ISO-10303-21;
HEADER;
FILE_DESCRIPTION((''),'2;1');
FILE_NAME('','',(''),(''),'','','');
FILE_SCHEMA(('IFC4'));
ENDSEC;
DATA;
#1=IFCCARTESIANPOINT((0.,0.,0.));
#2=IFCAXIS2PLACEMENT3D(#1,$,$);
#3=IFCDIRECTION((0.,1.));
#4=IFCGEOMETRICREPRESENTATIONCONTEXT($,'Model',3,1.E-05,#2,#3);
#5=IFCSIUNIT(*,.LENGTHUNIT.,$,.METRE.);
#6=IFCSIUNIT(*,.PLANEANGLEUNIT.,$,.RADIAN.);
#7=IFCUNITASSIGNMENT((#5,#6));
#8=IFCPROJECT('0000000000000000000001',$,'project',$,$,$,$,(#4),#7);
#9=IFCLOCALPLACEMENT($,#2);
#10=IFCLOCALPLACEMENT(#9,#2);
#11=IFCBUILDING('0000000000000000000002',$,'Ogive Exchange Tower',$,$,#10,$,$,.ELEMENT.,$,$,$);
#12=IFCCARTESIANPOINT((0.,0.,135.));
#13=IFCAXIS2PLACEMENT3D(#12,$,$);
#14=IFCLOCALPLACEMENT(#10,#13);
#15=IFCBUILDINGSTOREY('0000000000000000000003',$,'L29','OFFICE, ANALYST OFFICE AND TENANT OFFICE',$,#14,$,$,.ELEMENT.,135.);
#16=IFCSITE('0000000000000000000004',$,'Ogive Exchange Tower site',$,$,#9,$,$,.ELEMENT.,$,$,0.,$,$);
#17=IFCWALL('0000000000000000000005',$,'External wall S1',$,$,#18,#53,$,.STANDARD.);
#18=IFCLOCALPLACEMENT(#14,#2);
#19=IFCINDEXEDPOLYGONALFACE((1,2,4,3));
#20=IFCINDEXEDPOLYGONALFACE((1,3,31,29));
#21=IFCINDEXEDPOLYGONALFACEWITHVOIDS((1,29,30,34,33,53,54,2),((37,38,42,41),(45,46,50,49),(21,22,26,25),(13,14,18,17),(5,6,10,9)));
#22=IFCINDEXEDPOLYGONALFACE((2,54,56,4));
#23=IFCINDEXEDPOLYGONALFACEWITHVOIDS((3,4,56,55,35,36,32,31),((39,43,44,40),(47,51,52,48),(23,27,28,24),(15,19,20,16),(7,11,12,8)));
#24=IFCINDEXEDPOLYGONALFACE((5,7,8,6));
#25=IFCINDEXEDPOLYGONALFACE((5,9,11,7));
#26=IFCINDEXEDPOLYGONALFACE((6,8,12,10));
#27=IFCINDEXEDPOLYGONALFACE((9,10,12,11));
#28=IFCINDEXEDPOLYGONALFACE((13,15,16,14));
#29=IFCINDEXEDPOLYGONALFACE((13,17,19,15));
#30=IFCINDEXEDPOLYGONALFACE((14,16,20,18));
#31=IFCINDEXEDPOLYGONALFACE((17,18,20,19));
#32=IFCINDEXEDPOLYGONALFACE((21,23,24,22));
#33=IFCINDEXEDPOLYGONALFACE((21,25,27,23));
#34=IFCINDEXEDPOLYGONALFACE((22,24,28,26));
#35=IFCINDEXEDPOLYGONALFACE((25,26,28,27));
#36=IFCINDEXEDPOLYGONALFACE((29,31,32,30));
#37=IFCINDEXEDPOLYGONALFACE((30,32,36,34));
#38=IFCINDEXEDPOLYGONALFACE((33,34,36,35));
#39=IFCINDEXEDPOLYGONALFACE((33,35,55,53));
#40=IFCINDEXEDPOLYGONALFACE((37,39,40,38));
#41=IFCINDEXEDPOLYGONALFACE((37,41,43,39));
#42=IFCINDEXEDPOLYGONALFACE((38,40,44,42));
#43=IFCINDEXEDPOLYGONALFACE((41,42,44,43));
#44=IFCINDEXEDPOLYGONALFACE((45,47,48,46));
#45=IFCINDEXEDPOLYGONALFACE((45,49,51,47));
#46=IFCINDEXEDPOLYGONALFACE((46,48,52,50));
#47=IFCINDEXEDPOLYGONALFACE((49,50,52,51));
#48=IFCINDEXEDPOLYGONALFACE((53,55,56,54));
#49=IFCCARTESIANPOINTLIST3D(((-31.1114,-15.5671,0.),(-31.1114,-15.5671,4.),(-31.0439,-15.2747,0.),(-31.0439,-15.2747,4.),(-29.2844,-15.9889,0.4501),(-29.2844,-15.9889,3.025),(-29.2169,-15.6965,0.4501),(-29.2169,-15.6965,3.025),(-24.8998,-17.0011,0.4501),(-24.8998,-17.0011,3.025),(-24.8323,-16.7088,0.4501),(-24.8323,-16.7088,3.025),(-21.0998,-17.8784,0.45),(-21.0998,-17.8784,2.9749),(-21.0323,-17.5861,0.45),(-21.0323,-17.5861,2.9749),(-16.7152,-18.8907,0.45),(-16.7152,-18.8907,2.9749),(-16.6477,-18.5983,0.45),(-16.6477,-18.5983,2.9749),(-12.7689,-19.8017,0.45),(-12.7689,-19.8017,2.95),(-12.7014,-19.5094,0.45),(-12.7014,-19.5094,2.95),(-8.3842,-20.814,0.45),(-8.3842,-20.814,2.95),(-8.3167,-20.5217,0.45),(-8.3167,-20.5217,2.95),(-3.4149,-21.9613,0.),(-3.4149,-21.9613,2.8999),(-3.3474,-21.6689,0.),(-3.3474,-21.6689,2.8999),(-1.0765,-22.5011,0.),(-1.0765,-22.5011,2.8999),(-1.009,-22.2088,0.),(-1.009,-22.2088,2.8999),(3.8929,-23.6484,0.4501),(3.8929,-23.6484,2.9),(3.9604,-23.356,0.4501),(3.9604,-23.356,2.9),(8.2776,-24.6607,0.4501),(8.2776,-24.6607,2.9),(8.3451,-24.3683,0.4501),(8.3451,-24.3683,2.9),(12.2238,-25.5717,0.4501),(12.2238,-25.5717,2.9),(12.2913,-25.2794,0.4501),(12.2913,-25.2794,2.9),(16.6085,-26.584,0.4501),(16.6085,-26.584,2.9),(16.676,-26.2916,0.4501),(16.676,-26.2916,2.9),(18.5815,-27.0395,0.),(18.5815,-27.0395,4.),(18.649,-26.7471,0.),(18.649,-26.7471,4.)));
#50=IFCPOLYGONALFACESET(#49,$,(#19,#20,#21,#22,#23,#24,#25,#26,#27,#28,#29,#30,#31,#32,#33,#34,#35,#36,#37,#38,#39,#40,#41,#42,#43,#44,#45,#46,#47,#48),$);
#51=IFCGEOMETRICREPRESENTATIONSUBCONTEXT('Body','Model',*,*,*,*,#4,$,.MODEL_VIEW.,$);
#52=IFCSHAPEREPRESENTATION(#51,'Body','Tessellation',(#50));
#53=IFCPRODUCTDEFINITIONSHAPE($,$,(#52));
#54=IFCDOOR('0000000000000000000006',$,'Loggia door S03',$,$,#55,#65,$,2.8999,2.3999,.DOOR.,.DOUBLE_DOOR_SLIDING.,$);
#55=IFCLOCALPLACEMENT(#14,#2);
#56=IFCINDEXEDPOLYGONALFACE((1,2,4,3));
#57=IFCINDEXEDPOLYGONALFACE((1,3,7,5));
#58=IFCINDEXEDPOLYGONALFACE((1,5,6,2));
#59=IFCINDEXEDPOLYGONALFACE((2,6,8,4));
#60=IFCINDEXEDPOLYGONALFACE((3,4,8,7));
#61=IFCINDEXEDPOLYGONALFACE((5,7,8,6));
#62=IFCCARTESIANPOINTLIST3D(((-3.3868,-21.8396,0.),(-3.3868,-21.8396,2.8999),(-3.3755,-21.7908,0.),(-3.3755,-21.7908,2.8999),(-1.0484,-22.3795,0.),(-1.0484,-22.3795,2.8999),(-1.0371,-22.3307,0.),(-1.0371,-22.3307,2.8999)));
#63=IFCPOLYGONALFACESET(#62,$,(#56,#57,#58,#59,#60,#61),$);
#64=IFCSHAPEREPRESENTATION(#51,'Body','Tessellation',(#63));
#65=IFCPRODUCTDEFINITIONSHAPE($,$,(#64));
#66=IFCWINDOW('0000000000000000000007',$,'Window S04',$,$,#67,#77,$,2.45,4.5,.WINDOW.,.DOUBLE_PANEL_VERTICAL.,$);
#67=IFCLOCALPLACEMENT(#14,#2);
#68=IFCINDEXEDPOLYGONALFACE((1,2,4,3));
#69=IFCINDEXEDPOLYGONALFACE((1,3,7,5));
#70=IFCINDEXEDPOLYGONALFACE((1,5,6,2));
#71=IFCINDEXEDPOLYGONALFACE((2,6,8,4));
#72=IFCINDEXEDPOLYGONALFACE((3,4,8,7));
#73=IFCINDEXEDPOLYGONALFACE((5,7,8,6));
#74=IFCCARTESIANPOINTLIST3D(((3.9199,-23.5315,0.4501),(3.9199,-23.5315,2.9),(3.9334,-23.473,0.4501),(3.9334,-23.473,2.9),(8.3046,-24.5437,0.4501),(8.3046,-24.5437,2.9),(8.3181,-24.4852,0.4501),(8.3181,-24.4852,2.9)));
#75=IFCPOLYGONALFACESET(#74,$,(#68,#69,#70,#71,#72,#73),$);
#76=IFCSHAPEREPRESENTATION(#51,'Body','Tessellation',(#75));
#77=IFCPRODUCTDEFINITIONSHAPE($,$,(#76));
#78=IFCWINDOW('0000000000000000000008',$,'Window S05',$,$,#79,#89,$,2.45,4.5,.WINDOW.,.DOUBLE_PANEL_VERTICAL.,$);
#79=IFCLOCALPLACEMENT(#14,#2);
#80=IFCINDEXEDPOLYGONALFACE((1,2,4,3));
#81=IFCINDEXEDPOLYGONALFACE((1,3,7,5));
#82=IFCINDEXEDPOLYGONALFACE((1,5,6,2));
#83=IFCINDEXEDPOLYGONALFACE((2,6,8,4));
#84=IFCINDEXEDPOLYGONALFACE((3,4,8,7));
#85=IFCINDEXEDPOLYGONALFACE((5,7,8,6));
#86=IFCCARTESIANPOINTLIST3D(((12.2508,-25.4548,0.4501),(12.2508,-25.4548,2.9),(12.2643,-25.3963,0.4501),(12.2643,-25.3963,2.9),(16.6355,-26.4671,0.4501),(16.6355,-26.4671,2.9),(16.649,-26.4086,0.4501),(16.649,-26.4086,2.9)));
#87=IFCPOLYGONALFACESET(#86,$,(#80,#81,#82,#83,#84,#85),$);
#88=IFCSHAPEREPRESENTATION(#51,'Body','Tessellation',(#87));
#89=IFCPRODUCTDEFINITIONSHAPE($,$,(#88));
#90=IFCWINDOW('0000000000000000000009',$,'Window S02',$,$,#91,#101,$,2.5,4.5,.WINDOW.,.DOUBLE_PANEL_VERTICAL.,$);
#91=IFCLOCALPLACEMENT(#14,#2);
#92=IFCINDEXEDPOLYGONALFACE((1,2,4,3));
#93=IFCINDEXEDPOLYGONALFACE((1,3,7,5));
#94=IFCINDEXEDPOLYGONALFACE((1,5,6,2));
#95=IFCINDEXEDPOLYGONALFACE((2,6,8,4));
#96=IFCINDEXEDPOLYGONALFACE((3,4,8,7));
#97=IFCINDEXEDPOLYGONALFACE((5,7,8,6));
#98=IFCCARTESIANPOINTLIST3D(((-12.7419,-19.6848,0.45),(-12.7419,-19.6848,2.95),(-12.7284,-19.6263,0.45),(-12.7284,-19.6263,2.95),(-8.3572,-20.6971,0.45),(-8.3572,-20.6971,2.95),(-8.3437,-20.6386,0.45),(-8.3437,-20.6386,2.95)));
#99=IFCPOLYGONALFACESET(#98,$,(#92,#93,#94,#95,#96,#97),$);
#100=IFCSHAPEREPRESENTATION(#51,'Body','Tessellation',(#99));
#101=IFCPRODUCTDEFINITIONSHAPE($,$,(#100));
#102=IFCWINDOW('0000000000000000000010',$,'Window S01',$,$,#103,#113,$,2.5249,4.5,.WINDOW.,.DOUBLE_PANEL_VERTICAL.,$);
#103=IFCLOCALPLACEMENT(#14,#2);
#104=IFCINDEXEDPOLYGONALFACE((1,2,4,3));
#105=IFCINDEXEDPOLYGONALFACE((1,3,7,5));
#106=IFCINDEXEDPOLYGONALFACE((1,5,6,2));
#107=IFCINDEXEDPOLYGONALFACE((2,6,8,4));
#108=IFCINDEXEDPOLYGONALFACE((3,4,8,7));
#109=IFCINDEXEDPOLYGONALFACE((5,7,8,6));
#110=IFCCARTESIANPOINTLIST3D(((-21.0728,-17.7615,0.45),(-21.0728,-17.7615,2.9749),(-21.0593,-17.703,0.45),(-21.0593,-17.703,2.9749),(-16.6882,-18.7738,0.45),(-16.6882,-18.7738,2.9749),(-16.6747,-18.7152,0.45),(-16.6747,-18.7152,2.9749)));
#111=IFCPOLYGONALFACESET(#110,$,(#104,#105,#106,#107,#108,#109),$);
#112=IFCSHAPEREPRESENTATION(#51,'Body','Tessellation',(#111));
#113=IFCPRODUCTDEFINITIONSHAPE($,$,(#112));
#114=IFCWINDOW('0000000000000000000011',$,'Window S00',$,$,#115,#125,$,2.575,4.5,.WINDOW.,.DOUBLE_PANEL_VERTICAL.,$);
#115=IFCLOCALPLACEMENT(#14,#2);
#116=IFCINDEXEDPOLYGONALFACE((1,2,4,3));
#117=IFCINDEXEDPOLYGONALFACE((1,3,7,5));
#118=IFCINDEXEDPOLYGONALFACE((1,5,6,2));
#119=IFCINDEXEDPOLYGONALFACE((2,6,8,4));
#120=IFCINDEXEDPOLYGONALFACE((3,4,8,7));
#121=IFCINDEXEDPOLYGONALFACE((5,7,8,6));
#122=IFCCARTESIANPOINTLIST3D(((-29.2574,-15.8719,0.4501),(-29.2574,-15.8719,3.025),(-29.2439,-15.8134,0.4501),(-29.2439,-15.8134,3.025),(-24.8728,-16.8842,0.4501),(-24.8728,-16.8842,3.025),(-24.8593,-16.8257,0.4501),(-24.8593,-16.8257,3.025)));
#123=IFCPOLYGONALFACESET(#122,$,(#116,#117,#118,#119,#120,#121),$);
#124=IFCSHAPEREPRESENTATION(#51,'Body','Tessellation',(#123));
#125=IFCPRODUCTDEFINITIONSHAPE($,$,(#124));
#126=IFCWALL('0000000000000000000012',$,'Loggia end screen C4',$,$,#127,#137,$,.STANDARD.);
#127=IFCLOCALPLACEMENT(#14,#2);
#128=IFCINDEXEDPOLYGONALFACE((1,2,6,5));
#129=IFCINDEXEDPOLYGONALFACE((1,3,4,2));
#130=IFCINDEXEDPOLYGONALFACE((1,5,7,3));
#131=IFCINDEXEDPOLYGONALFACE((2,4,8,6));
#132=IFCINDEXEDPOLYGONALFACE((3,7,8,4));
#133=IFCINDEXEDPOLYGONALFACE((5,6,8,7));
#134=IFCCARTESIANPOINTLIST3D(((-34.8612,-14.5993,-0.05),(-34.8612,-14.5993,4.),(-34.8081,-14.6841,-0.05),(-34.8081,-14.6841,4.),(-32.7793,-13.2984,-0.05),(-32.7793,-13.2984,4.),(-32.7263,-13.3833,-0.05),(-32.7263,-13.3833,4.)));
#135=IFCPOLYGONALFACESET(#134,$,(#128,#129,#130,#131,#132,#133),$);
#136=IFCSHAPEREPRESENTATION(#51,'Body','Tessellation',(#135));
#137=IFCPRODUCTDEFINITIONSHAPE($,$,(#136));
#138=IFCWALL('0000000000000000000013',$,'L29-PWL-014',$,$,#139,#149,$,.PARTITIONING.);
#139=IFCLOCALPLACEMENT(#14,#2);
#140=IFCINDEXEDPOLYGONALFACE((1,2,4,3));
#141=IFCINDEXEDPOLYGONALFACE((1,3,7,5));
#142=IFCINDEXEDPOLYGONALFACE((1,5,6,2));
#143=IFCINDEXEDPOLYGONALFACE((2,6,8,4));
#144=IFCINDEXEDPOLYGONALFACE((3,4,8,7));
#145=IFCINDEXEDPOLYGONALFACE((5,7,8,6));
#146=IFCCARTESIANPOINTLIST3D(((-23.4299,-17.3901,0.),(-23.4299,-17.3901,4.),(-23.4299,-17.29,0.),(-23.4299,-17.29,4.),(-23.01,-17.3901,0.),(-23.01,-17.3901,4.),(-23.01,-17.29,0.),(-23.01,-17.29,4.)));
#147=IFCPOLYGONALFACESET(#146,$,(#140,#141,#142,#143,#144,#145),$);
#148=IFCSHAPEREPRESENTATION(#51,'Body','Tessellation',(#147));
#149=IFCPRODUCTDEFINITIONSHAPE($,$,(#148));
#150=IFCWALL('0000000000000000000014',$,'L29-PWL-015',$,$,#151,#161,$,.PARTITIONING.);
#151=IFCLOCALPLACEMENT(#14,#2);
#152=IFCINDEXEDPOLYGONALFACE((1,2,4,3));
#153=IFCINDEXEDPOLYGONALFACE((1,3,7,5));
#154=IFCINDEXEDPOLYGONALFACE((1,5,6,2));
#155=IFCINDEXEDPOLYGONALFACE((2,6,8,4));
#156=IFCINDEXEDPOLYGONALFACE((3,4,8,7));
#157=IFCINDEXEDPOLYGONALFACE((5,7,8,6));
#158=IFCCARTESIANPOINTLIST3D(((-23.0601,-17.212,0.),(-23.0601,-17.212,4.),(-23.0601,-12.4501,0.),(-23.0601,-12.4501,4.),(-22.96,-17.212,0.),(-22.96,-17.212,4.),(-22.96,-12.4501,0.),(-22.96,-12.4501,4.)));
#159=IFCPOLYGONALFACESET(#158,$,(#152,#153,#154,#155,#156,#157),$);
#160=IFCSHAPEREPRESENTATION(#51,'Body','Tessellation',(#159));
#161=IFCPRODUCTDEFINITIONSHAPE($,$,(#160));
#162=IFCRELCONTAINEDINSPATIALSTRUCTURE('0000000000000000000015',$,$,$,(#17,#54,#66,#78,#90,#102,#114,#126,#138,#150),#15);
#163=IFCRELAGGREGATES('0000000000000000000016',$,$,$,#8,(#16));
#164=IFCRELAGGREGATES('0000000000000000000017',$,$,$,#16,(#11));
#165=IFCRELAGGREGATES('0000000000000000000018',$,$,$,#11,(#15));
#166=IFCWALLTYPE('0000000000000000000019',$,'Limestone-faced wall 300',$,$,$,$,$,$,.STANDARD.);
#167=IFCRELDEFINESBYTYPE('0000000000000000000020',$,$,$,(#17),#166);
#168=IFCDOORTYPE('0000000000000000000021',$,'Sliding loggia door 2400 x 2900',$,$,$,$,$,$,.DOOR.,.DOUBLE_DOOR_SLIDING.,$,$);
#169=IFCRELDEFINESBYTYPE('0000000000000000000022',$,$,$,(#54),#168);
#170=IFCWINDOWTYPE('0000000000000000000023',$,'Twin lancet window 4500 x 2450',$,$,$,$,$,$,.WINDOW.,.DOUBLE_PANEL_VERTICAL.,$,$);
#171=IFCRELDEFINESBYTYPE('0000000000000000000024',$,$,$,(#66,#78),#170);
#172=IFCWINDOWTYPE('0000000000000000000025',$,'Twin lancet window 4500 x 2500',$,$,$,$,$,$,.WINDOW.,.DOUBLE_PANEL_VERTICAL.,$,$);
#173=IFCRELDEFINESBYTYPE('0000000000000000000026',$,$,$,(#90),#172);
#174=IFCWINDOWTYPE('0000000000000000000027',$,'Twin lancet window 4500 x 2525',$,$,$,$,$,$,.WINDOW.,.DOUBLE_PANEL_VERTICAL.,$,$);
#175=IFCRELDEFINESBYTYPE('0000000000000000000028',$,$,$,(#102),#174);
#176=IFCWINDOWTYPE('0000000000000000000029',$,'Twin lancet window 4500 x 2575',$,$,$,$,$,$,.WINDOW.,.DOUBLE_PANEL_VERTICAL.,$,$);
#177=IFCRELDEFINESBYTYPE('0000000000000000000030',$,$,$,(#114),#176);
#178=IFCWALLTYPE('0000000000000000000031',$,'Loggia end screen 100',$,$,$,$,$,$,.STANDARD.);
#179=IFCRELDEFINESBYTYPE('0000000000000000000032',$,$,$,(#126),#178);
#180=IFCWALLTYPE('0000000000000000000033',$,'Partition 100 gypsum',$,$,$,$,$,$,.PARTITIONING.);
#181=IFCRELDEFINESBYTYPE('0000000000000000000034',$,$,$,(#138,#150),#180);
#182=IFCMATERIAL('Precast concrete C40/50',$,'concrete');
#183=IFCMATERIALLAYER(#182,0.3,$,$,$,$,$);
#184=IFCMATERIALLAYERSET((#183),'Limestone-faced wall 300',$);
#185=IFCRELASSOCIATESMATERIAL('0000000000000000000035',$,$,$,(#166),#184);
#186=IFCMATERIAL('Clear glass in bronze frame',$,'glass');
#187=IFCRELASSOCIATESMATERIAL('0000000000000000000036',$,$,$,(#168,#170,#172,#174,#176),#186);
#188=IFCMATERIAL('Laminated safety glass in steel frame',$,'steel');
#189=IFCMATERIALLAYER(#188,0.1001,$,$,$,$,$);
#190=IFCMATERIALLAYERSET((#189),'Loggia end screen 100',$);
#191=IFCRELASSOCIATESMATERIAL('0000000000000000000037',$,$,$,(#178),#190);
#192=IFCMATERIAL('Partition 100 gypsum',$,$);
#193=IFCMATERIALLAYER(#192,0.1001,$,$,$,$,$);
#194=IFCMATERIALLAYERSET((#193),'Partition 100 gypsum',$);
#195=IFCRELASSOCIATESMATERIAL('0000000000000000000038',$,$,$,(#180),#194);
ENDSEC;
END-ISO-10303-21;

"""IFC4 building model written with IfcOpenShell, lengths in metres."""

from ifc_helpers import new_model, si_unit, direction, frame, frame_2d, origin, place, context, subcontext, project, spatial, rectangle, extrude, material, layer, layer_set, type_object, element, fill, save


model = new_model("IFC4")

# Units and contexts
model_context = context("Model", 3, precision=1e-05, world=origin(), true_north=direction((0.0, 1.0)))
body_context = subcontext(model_context, "Body", "Model", "MODEL_VIEW")
ifc_project = project(units=[si_unit("LENGTHUNIT", "METRE"), si_unit("PLANEANGLEUNIT", "RADIAN")], contexts=[model_context])

# Site, building, storey
site_placement = place(None, origin())
site = spatial("IfcSite", under=ifc_project, at=site_placement, Name="Ogive Exchange Tower site", CompositionType="ELEMENT", RefElevation=0.0)
building_placement = place(site_placement, origin())
building = spatial("IfcBuilding", under=site, at=building_placement, Name="Ogive Exchange Tower", CompositionType="ELEMENT")
storey_placement = place(building_placement, frame((0.0, 0.0, 135.0)))
storey = spatial("IfcBuildingStorey", under=building, at=storey_placement, Name="L29", Description="OFFICE, ANALYST OFFICE AND TENANT OFFICE", CompositionType="ELEMENT", Elevation=135.0)

# Wall, openings, door, windows
ifc_material_1 = material(Name="Precast concrete C40/50", Category="concrete")
ifc_layer_1 = layer(ifc_material_1, 0.3)
ifc_layer_set_1 = layer_set([ifc_layer_1], Name="Limestone-faced wall 300")
wall_type_1 = type_object("IfcWallType", Name="Limestone-faced wall 300", PredefinedType="STANDARD", material=ifc_layer_set_1)
wall_1_placement = place(storey_placement, frame((-31.0776, -15.4209, 0.0), z_axis=(0.0, 0.0, 1.0), x_axis=(0.97437, -0.224949, 0.0)))
wall_1 = element("IfcWall", 1, at=wall_1_placement, inside=storey, type_object=wall_type_1, Name="External wall S1", PredefinedType="STANDARD", context=body_context, shape_type="SweptSolid", body=[
    extrude(rectangle(XDim=51.0, YDim=0.3, at=frame_2d((25.5, 0.0))), origin(), (0.0, 0.0, 1.0), 4.0),
])
opening_1_placement = place(wall_1_placement, frame((1.875, 0.0, 0.45)))
opening_1 = element("IfcOpeningElement", 2, at=opening_1_placement, cuts=wall_1, PredefinedType="OPENING", context=body_context, shape_type="SweptSolid", body=[
    extrude(rectangle(XDim=4.5, YDim=2.575, at=frame_2d((2.25, 1.2876))), frame((0.0, 0.1599, 0.0), z_axis=(0.0, -1.0, 0.0), x_axis=(1.0, 0.0, 0.0)), (0.0, 0.0, 1.0), 0.3201),
])
opening_2_placement = place(wall_1_placement, frame((10.2749, 0.0, 0.45)))
opening_2 = element("IfcOpeningElement", 3, at=opening_2_placement, cuts=wall_1, PredefinedType="OPENING", context=body_context, shape_type="SweptSolid", body=[
    extrude(rectangle(XDim=4.5, YDim=2.5249, at=frame_2d((2.25, 1.2625))), frame((0.0, 0.1599, 0.0), z_axis=(0.0, -1.0, 0.0), x_axis=(1.0, 0.0, 0.0)), (0.0, 0.0, 1.0), 0.3201),
])
opening_3_placement = place(wall_1_placement, frame((18.825, 0.0, 0.45)))
opening_3 = element("IfcOpeningElement", 4, at=opening_3_placement, cuts=wall_1, PredefinedType="OPENING", context=body_context, shape_type="SweptSolid", body=[
    extrude(rectangle(XDim=4.5, YDim=2.5, at=frame_2d((2.25, 1.25))), frame((0.0, 0.1599, 0.0), z_axis=(0.0, -1.0, 0.0), x_axis=(1.0, 0.0, 0.0)), (0.0, 0.0, 1.0), 0.3201),
])
opening_4_placement = place(wall_1_placement, frame((28.425, 0.0, 0.0)))
opening_4 = element("IfcOpeningElement", 5, at=opening_4_placement, cuts=wall_1, PredefinedType="OPENING", context=body_context, shape_type="SweptSolid", body=[
    extrude(rectangle(XDim=2.3999, YDim=2.8999, at=frame_2d((1.2, 1.45))), frame((0.0, 0.1599, 0.0), z_axis=(0.0, -1.0, 0.0), x_axis=(1.0, 0.0, 0.0)), (0.0, 0.0, 1.0), 0.3201),
])
opening_5_placement = place(wall_1_placement, frame((35.925, 0.0, 0.45)))
opening_5 = element("IfcOpeningElement", 6, at=opening_5_placement, cuts=wall_1, PredefinedType="OPENING", context=body_context, shape_type="SweptSolid", body=[
    extrude(rectangle(XDim=4.5, YDim=2.45, at=frame_2d((2.25, 1.2251))), frame((0.0, 0.1599, 0.0), z_axis=(0.0, -1.0, 0.0), x_axis=(1.0, 0.0, 0.0)), (0.0, 0.0, 1.0), 0.3201),
])
opening_6_placement = place(wall_1_placement, frame((44.4751, 0.0, 0.45)))
opening_6 = element("IfcOpeningElement", 7, at=opening_6_placement, cuts=wall_1, PredefinedType="OPENING", context=body_context, shape_type="SweptSolid", body=[
    extrude(rectangle(XDim=4.5, YDim=2.45, at=frame_2d((2.25, 1.2251))), frame((0.0, 0.1599, 0.0), z_axis=(0.0, -1.0, 0.0), x_axis=(1.0, 0.0, 0.0)), (0.0, 0.0, 1.0), 0.3201),
])
ifc_material_2 = material(Name="Clear glass in bronze frame", Category="glass")
door_type_1 = type_object("IfcDoorType", Name="Sliding loggia door 2400 x 2900", OperationType="DOUBLE_DOOR_SLIDING", PredefinedType="DOOR", material=ifc_material_2)
door_1_placement = place(opening_4_placement, origin())
door_1 = element("IfcDoor", 8, at=door_1_placement, inside=storey, type_object=door_type_1, Name="Loggia door S03", OperationType="DOUBLE_DOOR_SLIDING", OverallHeight=2.8999, OverallWidth=2.3999, PredefinedType="DOOR", context=body_context, shape_type="SweptSolid", body=[
    extrude(rectangle(XDim=2.3999, YDim=2.8999, at=frame_2d((1.2, 1.45))), frame((0.0, 0.0249, 0.0), z_axis=(0.0, -1.0, 0.0), x_axis=(1.0, 0.0, 0.0)), (0.0, 0.0, 1.0), 0.05),
])
fill(opening_4, door_1)
window_type_1 = type_object("IfcWindowType", Name="Twin lancet window 4500 x 2450", PartitioningType="DOUBLE_PANEL_VERTICAL", PredefinedType="WINDOW", material=ifc_material_2)
window_1_placement = place(opening_5_placement, origin())
window_1 = element("IfcWindow", 9, at=window_1_placement, inside=storey, type_object=window_type_1, Name="Window S04", OverallHeight=2.45, OverallWidth=4.5, PartitioningType="DOUBLE_PANEL_VERTICAL", PredefinedType="WINDOW", context=body_context, shape_type="SweptSolid", body=[
    extrude(rectangle(XDim=4.5, YDim=2.45, at=frame_2d((2.25, 1.2251))), frame((0.0, 0.03, 0.0), z_axis=(0.0, -1.0, 0.0), x_axis=(1.0, 0.0, 0.0)), (0.0, 0.0, 1.0), 0.0601),
])
fill(opening_5, window_1)
window_2_placement = place(opening_6_placement, origin())
window_2 = element("IfcWindow", 10, at=window_2_placement, inside=storey, type_object=window_type_1, Name="Window S05", OverallHeight=2.45, OverallWidth=4.5, PartitioningType="DOUBLE_PANEL_VERTICAL", PredefinedType="WINDOW", context=body_context, shape_type="SweptSolid", body=[
    extrude(rectangle(XDim=4.5, YDim=2.45, at=frame_2d((2.25, 1.2251))), frame((0.0, 0.03, 0.0), z_axis=(0.0, -1.0, 0.0), x_axis=(1.0, 0.0, 0.0)), (0.0, 0.0, 1.0), 0.0601),
])
fill(opening_6, window_2)
window_type_2 = type_object("IfcWindowType", Name="Twin lancet window 4500 x 2500", PartitioningType="DOUBLE_PANEL_VERTICAL", PredefinedType="WINDOW", material=ifc_material_2)
window_3_placement = place(opening_3_placement, origin())
window_3 = element("IfcWindow", 11, at=window_3_placement, inside=storey, type_object=window_type_2, Name="Window S02", OverallHeight=2.5, OverallWidth=4.5, PartitioningType="DOUBLE_PANEL_VERTICAL", PredefinedType="WINDOW", context=body_context, shape_type="SweptSolid", body=[
    extrude(rectangle(XDim=4.5, YDim=2.5, at=frame_2d((2.25, 1.25))), frame((0.0, 0.03, 0.0), z_axis=(0.0, -1.0, 0.0), x_axis=(1.0, 0.0, 0.0)), (0.0, 0.0, 1.0), 0.0601),
])
fill(opening_3, window_3)
window_type_3 = type_object("IfcWindowType", Name="Twin lancet window 4500 x 2525", PartitioningType="DOUBLE_PANEL_VERTICAL", PredefinedType="WINDOW", material=ifc_material_2)
window_4_placement = place(opening_2_placement, origin())
window_4 = element("IfcWindow", 12, at=window_4_placement, inside=storey, type_object=window_type_3, Name="Window S01", OverallHeight=2.5249, OverallWidth=4.5, PartitioningType="DOUBLE_PANEL_VERTICAL", PredefinedType="WINDOW", context=body_context, shape_type="SweptSolid", body=[
    extrude(rectangle(XDim=4.5, YDim=2.5249, at=frame_2d((2.25, 1.2625))), frame((0.0, 0.03, 0.0), z_axis=(0.0, -1.0, 0.0), x_axis=(1.0, 0.0, 0.0)), (0.0, 0.0, 1.0), 0.0601),
])
fill(opening_2, window_4)
window_type_4 = type_object("IfcWindowType", Name="Twin lancet window 4500 x 2575", PartitioningType="DOUBLE_PANEL_VERTICAL", PredefinedType="WINDOW", material=ifc_material_2)
window_5_placement = place(opening_1_placement, origin())
window_5 = element("IfcWindow", 13, at=window_5_placement, inside=storey, type_object=window_type_4, Name="Window S00", OverallHeight=2.575, OverallWidth=4.5, PartitioningType="DOUBLE_PANEL_VERTICAL", PredefinedType="WINDOW", context=body_context, shape_type="SweptSolid", body=[
    extrude(rectangle(XDim=4.5, YDim=2.575, at=frame_2d((2.25, 1.2876))), frame((0.0, 0.03, 0.0), z_axis=(0.0, -1.0, 0.0), x_axis=(1.0, 0.0, 0.0)), (0.0, 0.0, 1.0), 0.0601),
])
fill(opening_1, window_5)

# Walls
ifc_material_3 = material(Name="Laminated safety glass in steel frame", Category="steel")
ifc_layer_2 = layer(ifc_material_3, 0.1001)
ifc_layer_set_2 = layer_set([ifc_layer_2], Name="Loggia end screen 100")
wall_type_2 = type_object("IfcWallType", Name="Loggia end screen 100", PredefinedType="STANDARD", material=ifc_layer_set_2)
wall_2_placement = place(storey_placement, frame((-32.7527, -13.3408, -0.05), z_axis=(0.0, 0.0, 1.0), x_axis=(-0.84806, -0.529901, 0.0)))
element("IfcWall", 14, at=wall_2_placement, inside=storey, type_object=wall_type_2, Name="Loggia end screen C4", PredefinedType="STANDARD", context=body_context, shape_type="SweptSolid", body=[
    extrude(rectangle(XDim=2.4548, YDim=0.1001, at=frame_2d((1.2275, 0.0))), origin(), (0.0, 0.0, 1.0), 4.05),
])
ifc_material_4 = material(Name="Partition 100 gypsum")
ifc_layer_3 = layer(ifc_material_4, 0.1001)
ifc_layer_set_3 = layer_set([ifc_layer_3], Name="Partition 100 gypsum")
wall_type_3 = type_object("IfcWallType", Name="Partition 100 gypsum", PredefinedType="PARTITIONING", material=ifc_layer_set_3)
wall_3_placement = place(storey_placement, frame((-23.4299, -17.3401, 0.0), z_axis=(0.0, 0.0, 1.0), x_axis=(1.0, 0.0, 0.0)))
element("IfcWall", 15, at=wall_3_placement, inside=storey, type_object=wall_type_3, Name="L29-PWL-014", PredefinedType="PARTITIONING", context=body_context, shape_type="SweptSolid", body=[
    extrude(rectangle(XDim=0.4199, YDim=0.1001, at=frame_2d((0.21, 0.0))), origin(), (0.0, 0.0, 1.0), 4.0),
])
wall_4_placement = place(storey_placement, frame((-23.01, -17.2119, 0.0), z_axis=(0.0, 0.0, 1.0), x_axis=(0.0, 1.0, 0.0)))
element("IfcWall", 16, at=wall_4_placement, inside=storey, type_object=wall_type_3, Name="L29-PWL-015", PredefinedType="PARTITIONING", context=body_context, shape_type="SweptSolid", body=[
    extrude(rectangle(XDim=4.762, YDim=0.1001, at=frame_2d((2.3809, 0.0))), origin(), (0.0, 0.0, 1.0), 4.0),
])

save(model, "model.ifc")
